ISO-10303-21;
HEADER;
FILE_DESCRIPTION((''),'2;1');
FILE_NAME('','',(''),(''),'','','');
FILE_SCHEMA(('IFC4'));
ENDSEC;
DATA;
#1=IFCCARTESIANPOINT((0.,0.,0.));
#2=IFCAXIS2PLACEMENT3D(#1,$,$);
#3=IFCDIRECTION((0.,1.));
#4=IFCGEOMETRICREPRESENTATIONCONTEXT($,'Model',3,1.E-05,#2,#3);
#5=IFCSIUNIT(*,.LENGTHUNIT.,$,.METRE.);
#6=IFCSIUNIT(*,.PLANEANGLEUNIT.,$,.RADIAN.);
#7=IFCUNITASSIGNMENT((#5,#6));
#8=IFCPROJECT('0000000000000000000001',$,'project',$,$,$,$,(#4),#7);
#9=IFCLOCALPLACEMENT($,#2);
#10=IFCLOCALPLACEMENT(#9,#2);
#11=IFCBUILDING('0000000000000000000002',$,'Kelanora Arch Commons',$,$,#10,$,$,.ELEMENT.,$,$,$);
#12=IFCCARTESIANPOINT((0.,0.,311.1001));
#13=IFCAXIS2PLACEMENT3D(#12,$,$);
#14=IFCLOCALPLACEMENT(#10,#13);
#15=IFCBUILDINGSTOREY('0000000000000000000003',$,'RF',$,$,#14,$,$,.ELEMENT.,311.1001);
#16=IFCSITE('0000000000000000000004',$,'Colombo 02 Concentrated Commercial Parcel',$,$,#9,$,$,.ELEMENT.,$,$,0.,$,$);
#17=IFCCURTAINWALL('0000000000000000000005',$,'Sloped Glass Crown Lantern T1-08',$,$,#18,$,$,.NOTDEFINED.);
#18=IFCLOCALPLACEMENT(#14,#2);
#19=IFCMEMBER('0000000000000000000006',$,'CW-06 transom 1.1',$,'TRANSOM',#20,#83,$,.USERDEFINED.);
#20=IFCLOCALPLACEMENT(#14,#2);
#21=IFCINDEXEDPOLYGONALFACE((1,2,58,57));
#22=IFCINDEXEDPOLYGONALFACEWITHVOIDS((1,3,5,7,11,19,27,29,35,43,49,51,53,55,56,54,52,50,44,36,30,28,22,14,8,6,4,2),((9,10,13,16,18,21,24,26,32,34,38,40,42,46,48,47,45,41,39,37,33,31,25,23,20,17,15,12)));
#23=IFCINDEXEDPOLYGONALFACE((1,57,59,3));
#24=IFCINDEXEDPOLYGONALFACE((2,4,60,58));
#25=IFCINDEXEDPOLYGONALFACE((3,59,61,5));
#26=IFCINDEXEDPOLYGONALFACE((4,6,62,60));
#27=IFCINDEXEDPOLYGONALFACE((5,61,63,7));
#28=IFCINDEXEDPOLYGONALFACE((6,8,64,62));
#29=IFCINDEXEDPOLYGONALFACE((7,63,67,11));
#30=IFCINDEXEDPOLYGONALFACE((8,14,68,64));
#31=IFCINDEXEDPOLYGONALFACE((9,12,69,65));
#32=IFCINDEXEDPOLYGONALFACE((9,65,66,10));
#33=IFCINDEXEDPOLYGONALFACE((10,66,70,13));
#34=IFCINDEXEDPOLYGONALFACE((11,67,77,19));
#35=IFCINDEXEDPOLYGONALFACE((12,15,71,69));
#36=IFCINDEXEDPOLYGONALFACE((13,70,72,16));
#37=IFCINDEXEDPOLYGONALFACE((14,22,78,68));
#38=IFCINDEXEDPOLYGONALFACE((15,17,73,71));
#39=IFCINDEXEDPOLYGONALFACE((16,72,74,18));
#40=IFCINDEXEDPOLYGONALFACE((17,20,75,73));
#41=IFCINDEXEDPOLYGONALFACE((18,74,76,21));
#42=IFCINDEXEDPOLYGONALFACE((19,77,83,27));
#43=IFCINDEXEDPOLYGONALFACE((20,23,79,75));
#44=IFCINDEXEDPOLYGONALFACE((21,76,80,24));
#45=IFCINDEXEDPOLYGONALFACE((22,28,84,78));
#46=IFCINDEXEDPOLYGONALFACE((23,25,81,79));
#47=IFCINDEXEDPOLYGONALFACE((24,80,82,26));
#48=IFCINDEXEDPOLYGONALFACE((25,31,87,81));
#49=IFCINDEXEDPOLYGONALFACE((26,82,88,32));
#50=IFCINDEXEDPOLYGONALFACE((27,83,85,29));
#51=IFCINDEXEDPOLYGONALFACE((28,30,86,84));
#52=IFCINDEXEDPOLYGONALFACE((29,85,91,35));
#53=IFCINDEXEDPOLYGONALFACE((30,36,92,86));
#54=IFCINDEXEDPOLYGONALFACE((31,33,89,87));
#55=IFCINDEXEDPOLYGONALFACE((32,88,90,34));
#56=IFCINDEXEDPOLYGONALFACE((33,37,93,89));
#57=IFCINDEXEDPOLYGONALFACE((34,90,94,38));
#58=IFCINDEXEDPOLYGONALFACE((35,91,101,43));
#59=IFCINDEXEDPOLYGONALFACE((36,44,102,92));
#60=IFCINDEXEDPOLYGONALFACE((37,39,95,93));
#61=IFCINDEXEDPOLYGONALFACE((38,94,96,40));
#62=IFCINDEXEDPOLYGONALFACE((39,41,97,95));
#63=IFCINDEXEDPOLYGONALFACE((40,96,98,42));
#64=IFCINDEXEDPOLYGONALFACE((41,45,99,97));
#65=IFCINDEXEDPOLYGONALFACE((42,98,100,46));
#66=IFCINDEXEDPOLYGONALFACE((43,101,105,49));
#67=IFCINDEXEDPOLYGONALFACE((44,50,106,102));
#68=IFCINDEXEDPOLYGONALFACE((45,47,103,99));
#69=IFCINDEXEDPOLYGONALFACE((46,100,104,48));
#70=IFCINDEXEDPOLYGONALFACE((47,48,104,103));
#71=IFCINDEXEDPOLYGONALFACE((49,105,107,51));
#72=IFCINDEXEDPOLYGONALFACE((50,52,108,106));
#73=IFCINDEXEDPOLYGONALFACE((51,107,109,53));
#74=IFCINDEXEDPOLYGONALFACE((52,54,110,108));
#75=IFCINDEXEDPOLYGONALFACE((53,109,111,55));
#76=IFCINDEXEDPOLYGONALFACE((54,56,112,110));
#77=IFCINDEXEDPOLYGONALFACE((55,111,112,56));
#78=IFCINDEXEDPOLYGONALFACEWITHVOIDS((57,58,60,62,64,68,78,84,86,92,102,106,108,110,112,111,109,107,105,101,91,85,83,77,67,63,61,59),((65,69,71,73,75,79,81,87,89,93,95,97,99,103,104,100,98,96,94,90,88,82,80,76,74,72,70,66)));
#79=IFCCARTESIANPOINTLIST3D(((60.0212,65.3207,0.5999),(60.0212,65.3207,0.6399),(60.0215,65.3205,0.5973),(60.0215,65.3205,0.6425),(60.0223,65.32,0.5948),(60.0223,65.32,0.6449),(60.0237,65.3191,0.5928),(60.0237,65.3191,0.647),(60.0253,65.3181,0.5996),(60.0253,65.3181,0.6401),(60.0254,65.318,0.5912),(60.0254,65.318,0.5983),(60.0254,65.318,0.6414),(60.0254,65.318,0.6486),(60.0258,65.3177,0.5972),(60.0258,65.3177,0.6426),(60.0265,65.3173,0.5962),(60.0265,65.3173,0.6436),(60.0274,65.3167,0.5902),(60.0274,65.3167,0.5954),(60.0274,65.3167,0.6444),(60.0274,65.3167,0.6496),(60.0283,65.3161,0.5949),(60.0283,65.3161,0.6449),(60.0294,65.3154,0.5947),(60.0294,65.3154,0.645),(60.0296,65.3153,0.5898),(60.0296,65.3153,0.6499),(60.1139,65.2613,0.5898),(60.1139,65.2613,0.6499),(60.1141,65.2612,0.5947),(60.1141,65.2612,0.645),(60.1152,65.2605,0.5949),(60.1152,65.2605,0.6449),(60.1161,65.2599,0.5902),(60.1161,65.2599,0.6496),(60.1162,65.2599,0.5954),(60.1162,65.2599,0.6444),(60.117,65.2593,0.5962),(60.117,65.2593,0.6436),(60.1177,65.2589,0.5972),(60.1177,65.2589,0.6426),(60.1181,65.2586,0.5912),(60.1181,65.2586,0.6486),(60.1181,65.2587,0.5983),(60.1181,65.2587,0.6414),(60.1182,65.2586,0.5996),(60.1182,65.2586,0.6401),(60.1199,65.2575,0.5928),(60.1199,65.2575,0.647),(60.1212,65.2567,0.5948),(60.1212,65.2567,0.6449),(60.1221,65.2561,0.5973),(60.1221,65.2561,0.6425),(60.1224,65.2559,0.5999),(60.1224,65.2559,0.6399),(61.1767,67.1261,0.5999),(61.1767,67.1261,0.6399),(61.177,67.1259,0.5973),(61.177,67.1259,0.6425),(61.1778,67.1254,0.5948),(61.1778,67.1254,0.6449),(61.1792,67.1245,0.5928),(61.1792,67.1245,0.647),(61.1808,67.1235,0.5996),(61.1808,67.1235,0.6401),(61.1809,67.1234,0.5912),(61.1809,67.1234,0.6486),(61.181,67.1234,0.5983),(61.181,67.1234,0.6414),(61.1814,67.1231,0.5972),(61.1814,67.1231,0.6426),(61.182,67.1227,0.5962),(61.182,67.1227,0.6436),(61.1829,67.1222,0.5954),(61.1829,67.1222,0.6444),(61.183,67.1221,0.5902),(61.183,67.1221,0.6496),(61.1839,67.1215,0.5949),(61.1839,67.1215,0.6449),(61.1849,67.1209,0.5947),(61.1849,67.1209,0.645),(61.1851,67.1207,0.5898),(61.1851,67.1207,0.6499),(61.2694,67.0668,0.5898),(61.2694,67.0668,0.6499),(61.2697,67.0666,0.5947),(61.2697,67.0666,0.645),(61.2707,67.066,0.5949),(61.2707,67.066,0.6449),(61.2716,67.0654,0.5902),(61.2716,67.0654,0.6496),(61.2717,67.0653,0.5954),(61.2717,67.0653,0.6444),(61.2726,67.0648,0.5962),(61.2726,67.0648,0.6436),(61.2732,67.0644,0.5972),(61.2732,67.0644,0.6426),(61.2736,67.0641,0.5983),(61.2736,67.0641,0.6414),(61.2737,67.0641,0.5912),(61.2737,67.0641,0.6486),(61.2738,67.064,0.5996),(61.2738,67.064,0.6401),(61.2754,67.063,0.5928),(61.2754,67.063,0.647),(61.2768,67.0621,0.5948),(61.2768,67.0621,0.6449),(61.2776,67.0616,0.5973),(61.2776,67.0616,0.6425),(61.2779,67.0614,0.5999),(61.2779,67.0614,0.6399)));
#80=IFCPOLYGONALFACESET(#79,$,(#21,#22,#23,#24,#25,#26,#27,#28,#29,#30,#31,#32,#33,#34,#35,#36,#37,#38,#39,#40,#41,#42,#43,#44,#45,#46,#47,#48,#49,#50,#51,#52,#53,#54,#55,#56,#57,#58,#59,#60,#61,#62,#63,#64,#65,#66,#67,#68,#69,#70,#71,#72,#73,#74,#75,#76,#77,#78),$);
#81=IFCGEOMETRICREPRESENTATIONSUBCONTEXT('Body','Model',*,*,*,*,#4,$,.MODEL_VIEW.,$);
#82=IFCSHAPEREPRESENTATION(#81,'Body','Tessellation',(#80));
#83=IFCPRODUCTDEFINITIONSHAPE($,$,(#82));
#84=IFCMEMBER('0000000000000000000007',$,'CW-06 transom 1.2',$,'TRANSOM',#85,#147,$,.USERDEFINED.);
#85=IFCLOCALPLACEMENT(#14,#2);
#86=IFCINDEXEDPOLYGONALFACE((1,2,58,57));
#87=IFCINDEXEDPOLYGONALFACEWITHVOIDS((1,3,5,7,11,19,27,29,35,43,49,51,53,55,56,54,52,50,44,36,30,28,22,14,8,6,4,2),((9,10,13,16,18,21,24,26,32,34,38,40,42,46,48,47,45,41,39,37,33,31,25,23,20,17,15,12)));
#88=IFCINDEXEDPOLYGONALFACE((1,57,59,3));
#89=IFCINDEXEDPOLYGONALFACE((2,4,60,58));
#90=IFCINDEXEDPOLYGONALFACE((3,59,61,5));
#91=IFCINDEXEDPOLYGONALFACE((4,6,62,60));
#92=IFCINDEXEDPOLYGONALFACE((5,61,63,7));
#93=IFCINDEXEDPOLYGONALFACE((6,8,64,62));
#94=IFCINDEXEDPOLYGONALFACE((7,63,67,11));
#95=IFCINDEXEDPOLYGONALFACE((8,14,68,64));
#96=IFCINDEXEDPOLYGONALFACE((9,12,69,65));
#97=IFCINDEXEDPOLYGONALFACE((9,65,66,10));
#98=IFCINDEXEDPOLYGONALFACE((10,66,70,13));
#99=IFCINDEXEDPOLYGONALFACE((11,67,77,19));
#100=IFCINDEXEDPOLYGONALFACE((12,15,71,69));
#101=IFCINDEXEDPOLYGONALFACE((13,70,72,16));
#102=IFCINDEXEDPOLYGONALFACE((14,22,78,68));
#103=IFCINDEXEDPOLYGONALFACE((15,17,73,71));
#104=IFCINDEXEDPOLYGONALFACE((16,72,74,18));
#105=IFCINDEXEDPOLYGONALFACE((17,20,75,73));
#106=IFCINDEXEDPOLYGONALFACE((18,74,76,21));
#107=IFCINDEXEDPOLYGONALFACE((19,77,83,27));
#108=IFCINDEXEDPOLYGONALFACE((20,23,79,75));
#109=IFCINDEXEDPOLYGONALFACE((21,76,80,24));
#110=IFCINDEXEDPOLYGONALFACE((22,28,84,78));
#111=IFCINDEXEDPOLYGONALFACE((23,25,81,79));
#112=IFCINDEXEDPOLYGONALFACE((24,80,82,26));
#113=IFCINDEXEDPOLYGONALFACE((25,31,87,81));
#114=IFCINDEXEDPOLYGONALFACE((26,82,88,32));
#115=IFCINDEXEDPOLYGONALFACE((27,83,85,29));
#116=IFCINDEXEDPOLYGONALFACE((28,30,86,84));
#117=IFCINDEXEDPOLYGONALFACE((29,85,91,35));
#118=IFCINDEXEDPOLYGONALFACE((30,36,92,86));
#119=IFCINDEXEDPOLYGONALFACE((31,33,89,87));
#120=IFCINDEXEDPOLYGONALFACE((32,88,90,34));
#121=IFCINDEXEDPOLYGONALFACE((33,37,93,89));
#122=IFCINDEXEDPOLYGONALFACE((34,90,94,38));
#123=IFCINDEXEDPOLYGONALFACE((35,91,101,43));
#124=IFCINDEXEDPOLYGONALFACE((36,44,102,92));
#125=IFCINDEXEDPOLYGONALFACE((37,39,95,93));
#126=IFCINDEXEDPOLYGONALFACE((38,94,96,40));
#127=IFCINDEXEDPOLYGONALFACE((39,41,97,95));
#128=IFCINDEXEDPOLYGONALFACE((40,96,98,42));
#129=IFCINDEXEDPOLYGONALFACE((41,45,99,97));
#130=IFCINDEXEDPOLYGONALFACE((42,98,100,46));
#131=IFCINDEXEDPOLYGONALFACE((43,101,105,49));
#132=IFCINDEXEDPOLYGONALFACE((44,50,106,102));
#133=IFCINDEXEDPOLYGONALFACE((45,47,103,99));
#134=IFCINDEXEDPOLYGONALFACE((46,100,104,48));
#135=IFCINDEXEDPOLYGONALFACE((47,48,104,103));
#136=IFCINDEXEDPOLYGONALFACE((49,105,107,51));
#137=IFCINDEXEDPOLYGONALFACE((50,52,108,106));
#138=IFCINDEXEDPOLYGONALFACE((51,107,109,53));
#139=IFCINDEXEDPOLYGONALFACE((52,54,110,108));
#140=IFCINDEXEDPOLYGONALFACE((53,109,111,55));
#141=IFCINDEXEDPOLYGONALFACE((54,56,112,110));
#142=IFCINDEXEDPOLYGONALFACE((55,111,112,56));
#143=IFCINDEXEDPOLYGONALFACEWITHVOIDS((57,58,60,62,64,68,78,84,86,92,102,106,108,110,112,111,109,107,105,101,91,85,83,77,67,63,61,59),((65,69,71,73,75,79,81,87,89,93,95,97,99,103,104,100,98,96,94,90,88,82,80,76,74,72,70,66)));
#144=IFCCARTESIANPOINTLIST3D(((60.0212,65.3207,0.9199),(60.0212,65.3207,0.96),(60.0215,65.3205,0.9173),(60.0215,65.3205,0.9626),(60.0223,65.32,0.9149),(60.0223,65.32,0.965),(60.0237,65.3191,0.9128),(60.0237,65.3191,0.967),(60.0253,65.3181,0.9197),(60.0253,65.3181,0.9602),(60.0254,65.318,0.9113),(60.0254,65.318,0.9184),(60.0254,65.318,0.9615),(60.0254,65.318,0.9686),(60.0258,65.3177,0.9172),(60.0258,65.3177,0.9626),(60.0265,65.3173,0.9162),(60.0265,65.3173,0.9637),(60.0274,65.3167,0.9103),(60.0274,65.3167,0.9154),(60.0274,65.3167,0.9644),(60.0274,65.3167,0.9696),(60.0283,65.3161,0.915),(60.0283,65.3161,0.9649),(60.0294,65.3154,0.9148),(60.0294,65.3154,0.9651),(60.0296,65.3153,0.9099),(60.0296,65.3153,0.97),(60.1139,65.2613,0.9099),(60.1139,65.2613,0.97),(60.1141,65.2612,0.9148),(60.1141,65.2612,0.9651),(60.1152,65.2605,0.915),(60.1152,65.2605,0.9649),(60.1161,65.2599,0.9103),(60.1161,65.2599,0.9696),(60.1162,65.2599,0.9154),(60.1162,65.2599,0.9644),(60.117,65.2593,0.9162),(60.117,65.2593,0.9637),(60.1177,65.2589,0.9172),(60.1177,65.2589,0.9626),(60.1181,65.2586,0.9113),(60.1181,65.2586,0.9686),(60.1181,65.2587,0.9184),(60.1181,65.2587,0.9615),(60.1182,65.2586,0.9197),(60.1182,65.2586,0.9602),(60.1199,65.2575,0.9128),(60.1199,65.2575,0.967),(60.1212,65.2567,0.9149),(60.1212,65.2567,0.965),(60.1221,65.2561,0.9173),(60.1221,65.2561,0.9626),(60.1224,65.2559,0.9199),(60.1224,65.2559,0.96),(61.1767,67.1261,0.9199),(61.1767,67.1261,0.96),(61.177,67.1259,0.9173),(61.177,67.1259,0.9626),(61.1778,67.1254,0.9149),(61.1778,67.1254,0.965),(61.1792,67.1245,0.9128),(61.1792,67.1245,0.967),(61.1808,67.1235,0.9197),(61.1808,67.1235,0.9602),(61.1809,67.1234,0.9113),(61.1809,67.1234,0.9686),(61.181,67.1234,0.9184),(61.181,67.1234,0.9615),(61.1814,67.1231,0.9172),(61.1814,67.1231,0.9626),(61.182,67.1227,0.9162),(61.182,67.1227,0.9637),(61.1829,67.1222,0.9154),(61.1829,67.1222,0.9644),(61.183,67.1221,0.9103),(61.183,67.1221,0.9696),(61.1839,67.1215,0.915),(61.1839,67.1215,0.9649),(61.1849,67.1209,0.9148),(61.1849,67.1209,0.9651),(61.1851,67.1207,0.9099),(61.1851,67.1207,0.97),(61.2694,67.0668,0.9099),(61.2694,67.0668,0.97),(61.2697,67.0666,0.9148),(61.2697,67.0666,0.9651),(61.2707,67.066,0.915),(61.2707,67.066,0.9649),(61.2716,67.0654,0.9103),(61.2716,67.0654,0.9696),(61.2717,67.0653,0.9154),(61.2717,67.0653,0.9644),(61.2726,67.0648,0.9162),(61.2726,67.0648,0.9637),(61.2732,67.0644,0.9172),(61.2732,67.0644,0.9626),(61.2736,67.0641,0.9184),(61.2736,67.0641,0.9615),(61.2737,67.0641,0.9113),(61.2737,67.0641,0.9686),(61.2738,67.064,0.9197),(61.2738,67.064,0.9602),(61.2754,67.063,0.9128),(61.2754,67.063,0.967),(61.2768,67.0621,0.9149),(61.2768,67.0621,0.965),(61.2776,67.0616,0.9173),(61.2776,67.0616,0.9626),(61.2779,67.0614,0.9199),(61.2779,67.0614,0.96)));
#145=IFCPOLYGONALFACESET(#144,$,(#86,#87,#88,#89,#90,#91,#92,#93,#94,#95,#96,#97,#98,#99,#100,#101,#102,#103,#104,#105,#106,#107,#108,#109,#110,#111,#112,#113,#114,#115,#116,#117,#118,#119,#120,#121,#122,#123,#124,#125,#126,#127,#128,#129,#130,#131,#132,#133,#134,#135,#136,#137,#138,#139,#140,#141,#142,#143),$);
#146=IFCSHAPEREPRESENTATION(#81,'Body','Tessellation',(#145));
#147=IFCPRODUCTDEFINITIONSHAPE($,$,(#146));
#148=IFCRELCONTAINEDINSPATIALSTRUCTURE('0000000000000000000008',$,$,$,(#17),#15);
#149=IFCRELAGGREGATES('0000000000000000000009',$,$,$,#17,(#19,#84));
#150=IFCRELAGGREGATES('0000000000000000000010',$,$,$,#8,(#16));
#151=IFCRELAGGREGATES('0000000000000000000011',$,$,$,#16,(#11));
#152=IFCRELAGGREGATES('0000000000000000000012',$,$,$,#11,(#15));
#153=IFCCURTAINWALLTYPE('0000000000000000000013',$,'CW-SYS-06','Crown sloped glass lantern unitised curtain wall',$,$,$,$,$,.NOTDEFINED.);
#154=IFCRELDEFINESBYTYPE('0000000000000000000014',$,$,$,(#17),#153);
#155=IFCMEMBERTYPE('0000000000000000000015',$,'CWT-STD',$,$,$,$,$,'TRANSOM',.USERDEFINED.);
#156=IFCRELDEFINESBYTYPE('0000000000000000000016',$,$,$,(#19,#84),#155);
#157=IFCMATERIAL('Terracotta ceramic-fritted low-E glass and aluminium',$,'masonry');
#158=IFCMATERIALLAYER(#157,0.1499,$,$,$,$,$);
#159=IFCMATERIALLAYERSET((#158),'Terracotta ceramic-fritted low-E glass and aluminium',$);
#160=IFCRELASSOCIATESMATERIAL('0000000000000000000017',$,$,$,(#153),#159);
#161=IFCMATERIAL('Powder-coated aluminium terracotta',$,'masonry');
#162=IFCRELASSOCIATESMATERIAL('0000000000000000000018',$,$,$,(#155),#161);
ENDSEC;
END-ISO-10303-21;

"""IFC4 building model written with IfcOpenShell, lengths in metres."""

from ifc_helpers import new_model, si_unit, direction, frame, origin, origin_2d, place, context, subcontext, project, spatial, hollow_rectangle, extrude, material, layer, layer_set, material_profile, profile_set, type_object, element, aggregate, save


model = new_model("IFC4")

# Units and contexts
model_context = context("Model", 3, precision=1e-05, world=origin(), true_north=direction((0.0, 1.0)))
body_context = subcontext(model_context, "Body", "Model", "MODEL_VIEW")
ifc_project = project(units=[si_unit("LENGTHUNIT", "METRE"), si_unit("PLANEANGLEUNIT", "RADIAN")], contexts=[model_context])

# Site, building, storey
site_placement = place(None, origin())
site = spatial("IfcSite", under=ifc_project, at=site_placement, Name="Colombo 02 Concentrated Commercial Parcel", CompositionType="ELEMENT", RefElevation=0.0)
building_placement = place(site_placement, origin())
building = spatial("IfcBuilding", under=site, at=building_placement, Name="Kelanora Arch Commons", CompositionType="ELEMENT")
storey_placement = place(building_placement, frame((0.0, 0.0, 311.1001)))
storey = spatial("IfcBuildingStorey", under=building, at=storey_placement, Name="RF", CompositionType="ELEMENT", Elevation=311.1001)

# Curtain wall
ifc_material_1 = material(Name="Terracotta ceramic-fritted low-E glass and aluminium", Category="masonry")
ifc_layer_1 = layer(ifc_material_1, 0.1499)
ifc_layer_set_1 = layer_set([ifc_layer_1], Name="Terracotta ceramic-fritted low-E glass and aluminium")
curtain_wall_type = type_object("IfcCurtainWallType", Name="CW-SYS-06", Description="Crown sloped glass lantern unitised curtain wall", PredefinedType="NOTDEFINED", material=ifc_layer_set_1)
ifc_material_2 = material(Name="Powder-coated aluminium terracotta", Category="masonry")
curtain_wall_1_placement = place(storey_placement, origin())
curtain_wall_1 = element("IfcCurtainWall", 1, at=curtain_wall_1_placement, inside=storey, type_object=curtain_wall_type, Name="Sloped Glass Crown Lantern T1-08", PredefinedType="NOTDEFINED")

# Members
ifc_material_profile_1 = material_profile(ifc_material_2, hollow_rectangle(XDim=0.1201, YDim=0.0601, WallThickness=0.0049, InnerFilletRadius=0.0049, OuterFilletRadius=0.01, at=origin_2d()), Name="CWT120x60")
ifc_profile_set_1 = profile_set([ifc_material_profile_1], Name="Powder-coated aluminium terracotta")
member_type_1 = type_object("IfcMemberType", Name="CWT-STD", ElementType="TRANSOM", PredefinedType="USERDEFINED", material=ifc_profile_set_1)
member_1_placement = place(storey_placement, frame((61.2273, 67.0938, 0.6199), z_axis=(-0.53907, -0.842261, 0.0), x_axis=(0.842261, -0.53907, 0.0)))
member_1 = element("IfcMember", 2, at=member_1_placement, type_object=member_type_1, Name="CW-06 transom 1.1", ObjectType="TRANSOM", PredefinedType="USERDEFINED", context=body_context, shape_type="SweptSolid", body=[
    extrude(hollow_rectangle(XDim=0.1201, YDim=0.0601, WallThickness=0.0049, InnerFilletRadius=0.0049, OuterFilletRadius=0.01, at=origin_2d()), origin(), (0.0, 0.0, 1.0), 2.1436),
])
member_2_placement = place(storey_placement, frame((61.2273, 67.0938, 0.9399), z_axis=(-0.53907, -0.842261, 0.0), x_axis=(0.842261, -0.53907, 0.0)))
member_2 = element("IfcMember", 3, at=member_2_placement, type_object=member_type_1, Name="CW-06 transom 1.2", ObjectType="TRANSOM", PredefinedType="USERDEFINED", context=body_context, shape_type="SweptSolid", body=[
    extrude(hollow_rectangle(XDim=0.1201, YDim=0.0601, WallThickness=0.0049, InnerFilletRadius=0.0049, OuterFilletRadius=0.01, at=origin_2d()), origin(), (0.0, 0.0, 1.0), 2.1436),
])

aggregate(curtain_wall_1, [member_1, member_2])

save(model, "model.ifc")
